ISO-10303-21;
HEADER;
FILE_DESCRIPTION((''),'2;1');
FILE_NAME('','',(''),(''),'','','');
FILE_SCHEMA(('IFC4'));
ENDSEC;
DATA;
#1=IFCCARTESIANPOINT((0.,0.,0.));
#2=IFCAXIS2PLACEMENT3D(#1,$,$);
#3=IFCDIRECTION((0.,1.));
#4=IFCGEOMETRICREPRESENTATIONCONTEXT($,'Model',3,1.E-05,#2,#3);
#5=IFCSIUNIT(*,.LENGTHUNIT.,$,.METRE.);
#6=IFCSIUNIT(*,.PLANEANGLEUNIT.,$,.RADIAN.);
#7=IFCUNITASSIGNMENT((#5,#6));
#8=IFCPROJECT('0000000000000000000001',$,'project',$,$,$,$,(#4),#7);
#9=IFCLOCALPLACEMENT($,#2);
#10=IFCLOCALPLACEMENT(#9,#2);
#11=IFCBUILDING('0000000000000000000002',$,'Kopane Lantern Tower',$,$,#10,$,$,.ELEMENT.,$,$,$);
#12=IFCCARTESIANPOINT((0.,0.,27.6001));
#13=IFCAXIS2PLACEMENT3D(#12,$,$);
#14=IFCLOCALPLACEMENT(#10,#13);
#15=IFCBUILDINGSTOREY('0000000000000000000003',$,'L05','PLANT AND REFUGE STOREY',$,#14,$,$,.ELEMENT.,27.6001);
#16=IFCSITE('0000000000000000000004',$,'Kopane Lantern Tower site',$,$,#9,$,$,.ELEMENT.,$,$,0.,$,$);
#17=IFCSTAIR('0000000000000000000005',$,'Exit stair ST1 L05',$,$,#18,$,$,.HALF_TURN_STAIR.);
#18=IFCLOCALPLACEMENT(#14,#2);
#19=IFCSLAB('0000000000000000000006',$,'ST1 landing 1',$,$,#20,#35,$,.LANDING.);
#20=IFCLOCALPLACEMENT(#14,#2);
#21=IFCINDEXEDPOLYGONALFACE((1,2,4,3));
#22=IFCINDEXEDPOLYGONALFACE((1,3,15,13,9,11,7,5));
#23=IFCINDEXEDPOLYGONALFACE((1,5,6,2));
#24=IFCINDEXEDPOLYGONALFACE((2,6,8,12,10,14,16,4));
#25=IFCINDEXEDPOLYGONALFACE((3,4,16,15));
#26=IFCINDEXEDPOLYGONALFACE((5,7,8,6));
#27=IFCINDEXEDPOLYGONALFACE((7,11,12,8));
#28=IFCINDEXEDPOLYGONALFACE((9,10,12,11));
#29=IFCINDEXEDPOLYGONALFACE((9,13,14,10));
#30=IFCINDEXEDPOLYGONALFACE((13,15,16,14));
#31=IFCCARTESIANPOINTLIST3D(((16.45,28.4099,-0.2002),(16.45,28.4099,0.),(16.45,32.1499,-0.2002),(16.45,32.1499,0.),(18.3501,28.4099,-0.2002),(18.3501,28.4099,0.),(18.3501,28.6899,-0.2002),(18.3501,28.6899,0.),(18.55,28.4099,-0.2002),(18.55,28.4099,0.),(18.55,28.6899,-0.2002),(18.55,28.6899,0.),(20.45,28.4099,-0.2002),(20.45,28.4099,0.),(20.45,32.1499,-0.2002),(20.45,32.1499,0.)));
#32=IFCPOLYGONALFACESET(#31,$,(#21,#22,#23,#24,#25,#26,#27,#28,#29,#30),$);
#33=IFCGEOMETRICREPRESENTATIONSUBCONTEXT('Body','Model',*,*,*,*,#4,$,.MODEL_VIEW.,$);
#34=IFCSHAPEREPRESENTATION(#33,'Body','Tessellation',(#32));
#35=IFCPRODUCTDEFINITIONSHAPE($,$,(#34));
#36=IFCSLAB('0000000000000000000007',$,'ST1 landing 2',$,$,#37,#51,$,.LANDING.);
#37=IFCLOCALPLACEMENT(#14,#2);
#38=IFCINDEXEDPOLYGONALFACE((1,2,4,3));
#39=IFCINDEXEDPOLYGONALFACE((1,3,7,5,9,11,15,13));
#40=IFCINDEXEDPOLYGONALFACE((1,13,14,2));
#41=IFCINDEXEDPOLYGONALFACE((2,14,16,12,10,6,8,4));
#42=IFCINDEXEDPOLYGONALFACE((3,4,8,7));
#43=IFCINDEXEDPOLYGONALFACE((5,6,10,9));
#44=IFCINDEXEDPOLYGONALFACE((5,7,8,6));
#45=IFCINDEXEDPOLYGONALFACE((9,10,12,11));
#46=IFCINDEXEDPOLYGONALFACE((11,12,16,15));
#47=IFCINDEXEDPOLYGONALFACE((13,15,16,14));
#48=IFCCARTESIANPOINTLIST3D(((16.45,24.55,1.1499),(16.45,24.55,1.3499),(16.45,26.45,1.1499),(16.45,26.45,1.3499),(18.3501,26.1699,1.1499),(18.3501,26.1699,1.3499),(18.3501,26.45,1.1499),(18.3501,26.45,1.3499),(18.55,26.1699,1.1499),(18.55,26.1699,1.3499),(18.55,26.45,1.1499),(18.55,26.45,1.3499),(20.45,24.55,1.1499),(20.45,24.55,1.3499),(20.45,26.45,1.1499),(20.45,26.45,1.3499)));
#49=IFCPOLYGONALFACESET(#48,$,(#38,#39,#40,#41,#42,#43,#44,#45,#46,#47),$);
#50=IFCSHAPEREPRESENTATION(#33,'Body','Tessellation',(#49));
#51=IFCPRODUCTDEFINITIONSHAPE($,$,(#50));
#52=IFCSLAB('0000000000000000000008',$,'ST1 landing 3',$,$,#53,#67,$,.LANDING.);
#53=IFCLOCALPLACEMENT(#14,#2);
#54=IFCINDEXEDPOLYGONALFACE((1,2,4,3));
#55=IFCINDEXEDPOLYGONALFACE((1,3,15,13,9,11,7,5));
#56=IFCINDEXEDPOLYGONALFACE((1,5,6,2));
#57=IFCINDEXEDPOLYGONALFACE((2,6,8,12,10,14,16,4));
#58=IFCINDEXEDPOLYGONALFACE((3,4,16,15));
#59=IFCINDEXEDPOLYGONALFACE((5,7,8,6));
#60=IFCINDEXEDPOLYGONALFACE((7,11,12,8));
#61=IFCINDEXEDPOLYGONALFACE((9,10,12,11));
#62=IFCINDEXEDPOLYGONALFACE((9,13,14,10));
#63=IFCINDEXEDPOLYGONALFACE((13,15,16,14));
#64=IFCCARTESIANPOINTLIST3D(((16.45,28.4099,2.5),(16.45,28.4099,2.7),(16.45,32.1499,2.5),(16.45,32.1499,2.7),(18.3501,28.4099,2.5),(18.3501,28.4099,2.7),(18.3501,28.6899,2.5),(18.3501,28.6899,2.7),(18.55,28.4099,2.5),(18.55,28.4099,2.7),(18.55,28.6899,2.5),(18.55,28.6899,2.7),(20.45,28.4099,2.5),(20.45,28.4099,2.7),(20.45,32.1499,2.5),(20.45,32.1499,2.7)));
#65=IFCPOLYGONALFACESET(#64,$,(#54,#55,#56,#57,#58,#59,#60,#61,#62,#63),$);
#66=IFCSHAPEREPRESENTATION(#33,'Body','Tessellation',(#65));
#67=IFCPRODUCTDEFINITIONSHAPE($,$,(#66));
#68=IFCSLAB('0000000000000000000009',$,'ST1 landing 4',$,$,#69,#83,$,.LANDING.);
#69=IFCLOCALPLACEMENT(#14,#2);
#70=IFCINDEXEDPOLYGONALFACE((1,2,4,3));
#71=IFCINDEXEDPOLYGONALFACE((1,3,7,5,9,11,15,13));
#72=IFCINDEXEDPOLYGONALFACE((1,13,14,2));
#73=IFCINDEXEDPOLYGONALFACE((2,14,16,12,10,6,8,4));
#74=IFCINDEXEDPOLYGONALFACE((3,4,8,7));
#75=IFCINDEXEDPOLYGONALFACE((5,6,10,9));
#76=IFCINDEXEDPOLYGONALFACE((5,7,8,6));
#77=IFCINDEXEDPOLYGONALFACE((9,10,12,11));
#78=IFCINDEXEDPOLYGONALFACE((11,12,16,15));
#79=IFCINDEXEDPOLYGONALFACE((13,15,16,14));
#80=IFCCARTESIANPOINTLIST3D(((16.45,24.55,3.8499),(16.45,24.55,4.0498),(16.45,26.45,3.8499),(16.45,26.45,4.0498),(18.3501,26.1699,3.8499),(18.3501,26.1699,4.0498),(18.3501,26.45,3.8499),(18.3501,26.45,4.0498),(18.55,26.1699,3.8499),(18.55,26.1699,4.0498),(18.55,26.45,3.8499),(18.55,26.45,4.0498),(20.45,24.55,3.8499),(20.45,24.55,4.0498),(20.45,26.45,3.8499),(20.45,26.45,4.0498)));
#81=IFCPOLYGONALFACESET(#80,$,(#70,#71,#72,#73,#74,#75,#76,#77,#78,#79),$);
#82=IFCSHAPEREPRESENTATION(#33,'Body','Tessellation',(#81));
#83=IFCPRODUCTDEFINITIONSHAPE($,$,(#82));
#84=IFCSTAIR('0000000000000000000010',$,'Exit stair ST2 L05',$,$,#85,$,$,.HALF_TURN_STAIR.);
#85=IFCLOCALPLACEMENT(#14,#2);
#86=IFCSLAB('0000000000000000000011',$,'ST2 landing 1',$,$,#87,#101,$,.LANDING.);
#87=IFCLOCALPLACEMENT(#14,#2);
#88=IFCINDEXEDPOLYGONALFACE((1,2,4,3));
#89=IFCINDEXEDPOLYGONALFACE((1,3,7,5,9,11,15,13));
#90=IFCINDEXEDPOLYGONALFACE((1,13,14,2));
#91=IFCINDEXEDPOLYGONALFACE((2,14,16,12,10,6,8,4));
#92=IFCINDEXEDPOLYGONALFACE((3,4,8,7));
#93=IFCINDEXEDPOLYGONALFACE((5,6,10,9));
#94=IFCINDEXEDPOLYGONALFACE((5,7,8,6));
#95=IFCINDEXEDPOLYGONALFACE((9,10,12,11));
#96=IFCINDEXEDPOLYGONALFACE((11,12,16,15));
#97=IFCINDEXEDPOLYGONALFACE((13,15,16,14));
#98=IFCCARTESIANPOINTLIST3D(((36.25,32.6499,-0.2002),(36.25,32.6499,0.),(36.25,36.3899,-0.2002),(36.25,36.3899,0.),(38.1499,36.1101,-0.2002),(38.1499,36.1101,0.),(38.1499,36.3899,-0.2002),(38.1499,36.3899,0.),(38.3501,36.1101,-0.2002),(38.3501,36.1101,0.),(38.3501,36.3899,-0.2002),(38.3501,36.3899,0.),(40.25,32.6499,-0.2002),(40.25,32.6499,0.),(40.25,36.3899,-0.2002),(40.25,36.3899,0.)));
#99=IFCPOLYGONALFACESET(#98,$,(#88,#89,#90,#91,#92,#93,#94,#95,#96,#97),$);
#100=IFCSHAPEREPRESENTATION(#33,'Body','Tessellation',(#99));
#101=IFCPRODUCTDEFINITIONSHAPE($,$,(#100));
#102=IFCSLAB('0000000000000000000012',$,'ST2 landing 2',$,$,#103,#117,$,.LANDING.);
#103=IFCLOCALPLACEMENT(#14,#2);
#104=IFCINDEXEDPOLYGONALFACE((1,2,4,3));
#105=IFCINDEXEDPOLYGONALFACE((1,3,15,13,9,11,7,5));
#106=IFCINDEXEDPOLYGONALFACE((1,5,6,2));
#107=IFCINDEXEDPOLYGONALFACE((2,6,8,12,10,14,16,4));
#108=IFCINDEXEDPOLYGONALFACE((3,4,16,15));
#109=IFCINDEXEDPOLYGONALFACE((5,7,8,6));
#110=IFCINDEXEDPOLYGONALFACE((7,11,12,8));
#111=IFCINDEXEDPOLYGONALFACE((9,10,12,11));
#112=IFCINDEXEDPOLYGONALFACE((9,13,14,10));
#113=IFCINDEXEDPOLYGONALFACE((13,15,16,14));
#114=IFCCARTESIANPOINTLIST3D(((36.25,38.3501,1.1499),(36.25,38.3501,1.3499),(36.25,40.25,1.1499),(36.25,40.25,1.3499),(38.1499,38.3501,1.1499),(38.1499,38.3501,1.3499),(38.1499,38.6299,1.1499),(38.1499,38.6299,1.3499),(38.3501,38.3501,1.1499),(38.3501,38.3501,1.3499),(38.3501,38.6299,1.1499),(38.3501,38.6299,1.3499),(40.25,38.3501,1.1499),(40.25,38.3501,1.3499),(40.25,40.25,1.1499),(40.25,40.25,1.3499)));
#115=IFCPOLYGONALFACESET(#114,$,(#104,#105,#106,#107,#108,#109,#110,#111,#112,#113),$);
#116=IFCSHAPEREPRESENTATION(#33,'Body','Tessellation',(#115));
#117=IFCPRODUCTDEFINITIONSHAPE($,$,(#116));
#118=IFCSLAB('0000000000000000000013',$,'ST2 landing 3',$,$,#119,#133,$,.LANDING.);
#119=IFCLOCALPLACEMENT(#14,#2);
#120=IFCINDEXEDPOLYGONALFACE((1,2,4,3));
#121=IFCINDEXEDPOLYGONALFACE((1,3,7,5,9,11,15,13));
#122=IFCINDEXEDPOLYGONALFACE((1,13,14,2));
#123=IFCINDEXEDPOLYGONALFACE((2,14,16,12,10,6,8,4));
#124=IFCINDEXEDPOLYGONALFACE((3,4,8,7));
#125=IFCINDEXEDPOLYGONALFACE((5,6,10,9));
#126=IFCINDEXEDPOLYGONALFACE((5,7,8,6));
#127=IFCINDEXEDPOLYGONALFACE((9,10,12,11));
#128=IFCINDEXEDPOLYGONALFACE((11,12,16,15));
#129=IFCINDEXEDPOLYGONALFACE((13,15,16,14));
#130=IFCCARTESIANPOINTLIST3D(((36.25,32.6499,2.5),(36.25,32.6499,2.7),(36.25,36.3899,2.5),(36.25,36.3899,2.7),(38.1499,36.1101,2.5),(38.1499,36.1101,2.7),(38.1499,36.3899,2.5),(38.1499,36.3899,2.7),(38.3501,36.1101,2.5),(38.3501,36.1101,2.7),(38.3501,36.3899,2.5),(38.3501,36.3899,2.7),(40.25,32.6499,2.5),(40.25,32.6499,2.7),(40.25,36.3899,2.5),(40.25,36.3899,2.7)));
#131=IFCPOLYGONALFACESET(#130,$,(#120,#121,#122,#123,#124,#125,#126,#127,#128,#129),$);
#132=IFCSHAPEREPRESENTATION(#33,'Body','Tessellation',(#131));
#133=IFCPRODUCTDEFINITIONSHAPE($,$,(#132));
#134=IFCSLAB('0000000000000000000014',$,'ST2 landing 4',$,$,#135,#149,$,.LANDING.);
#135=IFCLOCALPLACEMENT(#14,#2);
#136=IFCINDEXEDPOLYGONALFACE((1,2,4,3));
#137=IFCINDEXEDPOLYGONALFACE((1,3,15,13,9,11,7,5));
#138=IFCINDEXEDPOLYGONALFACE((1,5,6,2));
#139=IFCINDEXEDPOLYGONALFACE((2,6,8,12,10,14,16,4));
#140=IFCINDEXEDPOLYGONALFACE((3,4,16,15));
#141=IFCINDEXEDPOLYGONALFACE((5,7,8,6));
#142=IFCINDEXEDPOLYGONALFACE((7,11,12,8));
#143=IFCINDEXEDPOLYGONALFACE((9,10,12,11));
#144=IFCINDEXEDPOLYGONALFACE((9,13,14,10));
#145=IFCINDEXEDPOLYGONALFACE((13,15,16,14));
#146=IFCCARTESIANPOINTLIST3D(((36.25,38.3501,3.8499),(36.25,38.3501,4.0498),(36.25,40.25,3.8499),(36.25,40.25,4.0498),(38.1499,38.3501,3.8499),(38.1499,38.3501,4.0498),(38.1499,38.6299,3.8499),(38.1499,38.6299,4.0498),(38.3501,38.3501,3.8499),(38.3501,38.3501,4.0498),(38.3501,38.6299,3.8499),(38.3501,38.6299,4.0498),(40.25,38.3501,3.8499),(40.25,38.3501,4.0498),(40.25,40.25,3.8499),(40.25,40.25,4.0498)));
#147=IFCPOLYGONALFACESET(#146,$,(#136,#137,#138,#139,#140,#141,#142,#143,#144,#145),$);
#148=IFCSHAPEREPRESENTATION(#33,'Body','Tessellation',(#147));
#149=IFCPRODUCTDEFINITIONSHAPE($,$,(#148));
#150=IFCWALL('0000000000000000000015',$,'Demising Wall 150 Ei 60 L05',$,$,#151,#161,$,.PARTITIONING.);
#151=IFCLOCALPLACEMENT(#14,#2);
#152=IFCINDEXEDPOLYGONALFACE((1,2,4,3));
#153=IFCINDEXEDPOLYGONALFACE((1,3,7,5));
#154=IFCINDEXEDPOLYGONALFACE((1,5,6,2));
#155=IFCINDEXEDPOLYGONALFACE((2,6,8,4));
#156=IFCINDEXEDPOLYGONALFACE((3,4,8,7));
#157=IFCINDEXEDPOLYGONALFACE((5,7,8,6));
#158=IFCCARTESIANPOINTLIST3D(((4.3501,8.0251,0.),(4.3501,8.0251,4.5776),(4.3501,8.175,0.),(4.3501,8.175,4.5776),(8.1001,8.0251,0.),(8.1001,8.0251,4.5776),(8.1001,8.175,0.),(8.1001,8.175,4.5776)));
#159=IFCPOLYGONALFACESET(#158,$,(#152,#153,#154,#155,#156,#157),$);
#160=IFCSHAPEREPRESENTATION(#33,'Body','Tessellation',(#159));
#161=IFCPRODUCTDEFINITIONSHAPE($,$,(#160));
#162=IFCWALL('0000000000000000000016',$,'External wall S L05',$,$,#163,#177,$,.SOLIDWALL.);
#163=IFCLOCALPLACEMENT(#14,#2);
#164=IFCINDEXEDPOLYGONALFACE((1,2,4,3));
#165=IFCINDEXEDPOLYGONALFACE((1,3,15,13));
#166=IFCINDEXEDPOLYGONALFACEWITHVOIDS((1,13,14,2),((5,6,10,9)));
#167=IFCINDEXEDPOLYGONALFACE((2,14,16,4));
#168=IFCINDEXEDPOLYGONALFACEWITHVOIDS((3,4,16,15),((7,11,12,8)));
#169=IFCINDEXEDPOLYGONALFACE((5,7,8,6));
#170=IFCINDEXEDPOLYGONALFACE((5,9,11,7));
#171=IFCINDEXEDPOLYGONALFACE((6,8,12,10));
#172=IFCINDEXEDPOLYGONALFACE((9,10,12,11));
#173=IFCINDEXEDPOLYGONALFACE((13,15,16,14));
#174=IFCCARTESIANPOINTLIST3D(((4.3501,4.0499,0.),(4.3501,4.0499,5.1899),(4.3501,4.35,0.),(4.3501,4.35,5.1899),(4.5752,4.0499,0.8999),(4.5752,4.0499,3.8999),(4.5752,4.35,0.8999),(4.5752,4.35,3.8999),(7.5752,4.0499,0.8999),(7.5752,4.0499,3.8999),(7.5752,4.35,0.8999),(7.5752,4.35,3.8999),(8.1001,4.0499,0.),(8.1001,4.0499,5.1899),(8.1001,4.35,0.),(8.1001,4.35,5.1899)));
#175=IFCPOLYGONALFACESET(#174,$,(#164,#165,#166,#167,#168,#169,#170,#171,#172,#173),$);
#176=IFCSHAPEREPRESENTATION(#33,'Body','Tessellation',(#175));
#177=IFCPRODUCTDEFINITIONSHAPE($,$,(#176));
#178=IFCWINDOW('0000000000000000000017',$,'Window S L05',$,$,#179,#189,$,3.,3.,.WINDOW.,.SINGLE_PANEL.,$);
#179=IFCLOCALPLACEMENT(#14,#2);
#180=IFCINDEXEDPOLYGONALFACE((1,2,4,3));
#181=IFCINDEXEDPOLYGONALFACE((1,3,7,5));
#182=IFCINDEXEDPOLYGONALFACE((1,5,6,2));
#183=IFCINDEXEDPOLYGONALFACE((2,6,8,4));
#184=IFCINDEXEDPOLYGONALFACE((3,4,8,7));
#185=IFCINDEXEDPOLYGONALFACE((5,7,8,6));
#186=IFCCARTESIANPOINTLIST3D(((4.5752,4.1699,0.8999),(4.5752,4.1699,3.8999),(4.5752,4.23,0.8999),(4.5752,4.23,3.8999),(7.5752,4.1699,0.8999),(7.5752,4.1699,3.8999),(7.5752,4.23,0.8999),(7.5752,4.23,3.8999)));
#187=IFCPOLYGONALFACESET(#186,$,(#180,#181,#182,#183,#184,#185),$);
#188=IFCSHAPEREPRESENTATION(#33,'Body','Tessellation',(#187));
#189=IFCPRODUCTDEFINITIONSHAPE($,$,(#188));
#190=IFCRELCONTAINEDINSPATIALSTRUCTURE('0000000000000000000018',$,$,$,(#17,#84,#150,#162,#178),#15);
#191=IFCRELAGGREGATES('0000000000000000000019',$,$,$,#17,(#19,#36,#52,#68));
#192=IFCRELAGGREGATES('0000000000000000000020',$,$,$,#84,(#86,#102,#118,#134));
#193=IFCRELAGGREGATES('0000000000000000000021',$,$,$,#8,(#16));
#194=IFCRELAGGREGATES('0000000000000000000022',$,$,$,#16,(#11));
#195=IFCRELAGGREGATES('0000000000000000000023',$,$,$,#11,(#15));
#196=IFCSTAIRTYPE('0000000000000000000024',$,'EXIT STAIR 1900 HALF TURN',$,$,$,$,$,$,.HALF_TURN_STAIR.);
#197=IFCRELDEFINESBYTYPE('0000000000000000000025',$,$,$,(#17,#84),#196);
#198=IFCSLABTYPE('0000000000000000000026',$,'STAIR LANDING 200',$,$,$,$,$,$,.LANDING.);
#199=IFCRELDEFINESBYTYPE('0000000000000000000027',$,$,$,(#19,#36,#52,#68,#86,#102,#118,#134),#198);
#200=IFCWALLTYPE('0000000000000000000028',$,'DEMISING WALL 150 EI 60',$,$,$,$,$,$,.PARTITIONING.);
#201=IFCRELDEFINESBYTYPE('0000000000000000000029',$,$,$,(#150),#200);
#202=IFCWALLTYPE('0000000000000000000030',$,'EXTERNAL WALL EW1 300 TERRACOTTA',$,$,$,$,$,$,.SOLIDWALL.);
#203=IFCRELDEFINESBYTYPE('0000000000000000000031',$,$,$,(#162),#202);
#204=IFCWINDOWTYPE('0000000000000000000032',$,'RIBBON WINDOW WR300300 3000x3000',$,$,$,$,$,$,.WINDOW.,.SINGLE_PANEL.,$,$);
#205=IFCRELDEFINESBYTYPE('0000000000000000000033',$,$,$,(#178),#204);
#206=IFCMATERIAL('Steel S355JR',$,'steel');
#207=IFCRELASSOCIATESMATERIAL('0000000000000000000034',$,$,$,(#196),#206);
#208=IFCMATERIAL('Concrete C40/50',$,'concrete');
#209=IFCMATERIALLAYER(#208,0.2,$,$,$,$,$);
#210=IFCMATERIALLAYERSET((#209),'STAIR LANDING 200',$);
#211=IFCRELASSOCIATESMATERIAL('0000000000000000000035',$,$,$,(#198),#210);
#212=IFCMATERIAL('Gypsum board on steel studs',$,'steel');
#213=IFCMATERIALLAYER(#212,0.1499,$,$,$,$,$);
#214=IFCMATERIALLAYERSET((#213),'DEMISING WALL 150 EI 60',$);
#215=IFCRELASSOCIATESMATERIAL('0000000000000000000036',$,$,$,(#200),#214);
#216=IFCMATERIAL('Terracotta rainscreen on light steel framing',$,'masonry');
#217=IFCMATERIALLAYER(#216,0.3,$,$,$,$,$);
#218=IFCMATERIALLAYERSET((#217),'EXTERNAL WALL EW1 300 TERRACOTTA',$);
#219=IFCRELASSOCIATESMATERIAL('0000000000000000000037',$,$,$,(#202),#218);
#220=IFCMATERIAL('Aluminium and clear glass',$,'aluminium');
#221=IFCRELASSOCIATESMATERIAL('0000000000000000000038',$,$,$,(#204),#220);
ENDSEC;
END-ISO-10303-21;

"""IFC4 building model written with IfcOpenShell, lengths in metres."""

from ifc_helpers import new_model, si_unit, direction, frame, frame_2d, origin, place, context, subcontext, project, spatial, polyline, rectangle, outline, extrude, material, layer, layer_set, type_object, element, fill, aggregate, save


model = new_model("IFC4")

# Units and contexts
model_context = context("Model", 3, precision=1e-05, world=origin(), true_north=direction((0.0, 1.0)))
body_context = subcontext(model_context, "Body", "Model", "MODEL_VIEW")
ifc_project = project(units=[si_unit("LENGTHUNIT", "METRE"), si_unit("PLANEANGLEUNIT", "RADIAN")], contexts=[model_context])

# Site, building, storey
site_placement = place(None, origin())
site = spatial("IfcSite", under=ifc_project, at=site_placement, Name="Kopane Lantern Tower site", CompositionType="ELEMENT", RefElevation=0.0)
building_placement = place(site_placement, origin())
building = spatial("IfcBuilding", under=site, at=building_placement, Name="Kopane Lantern Tower", CompositionType="ELEMENT")
storey_placement = place(building_placement, frame((0.0, 0.0, 27.6001)))
storey = spatial("IfcBuildingStorey", under=building, at=storey_placement, Name="L05", Description="PLANT AND REFUGE STOREY", CompositionType="ELEMENT", Elevation=27.6001)

# Stairs, slabs
ifc_material_1 = material(Name="Steel S355JR", Category="steel")
stair_type = type_object("IfcStairType", Name="EXIT STAIR 1900 HALF TURN", PredefinedType="HALF_TURN_STAIR", material=ifc_material_1)
stair_1_placement = place(storey_placement, origin())
stair_1 = element("IfcStair", 1, at=stair_1_placement, inside=storey, type_object=stair_type, Name="Exit stair ST1 L05", PredefinedType="HALF_TURN_STAIR")
ifc_material_2 = material(Name="Concrete C40/50", Category="concrete")
ifc_layer_1 = layer(ifc_material_2, 0.2)
ifc_layer_set_1 = layer_set([ifc_layer_1], Name="STAIR LANDING 200")
slab_type_1 = type_object("IfcSlabType", Name="STAIR LANDING 200", PredefinedType="LANDING", material=ifc_layer_set_1)
slab_1_placement = place(storey_placement, frame((0.0, 0.0, -0.2002)))
slab_1 = element("IfcSlab", 2, at=slab_1_placement, type_object=slab_type_1, Name="ST1 landing 1", PredefinedType="LANDING", context=body_context, shape_type="SweptSolid", body=[
    extrude(outline(polyline([(18.3501, 28.6899), (18.55, 28.6899), (18.55, 28.4099), (20.45, 28.4099), (20.45, 32.1499), (16.45, 32.1499), (16.45, 28.4099), (18.3501, 28.4099), (18.3501, 28.6899)])), origin(), (0.0, 0.0, 1.0), 0.2002),
])
slab_2_placement = place(storey_placement, frame((0.0, 0.0, 1.1499)))
slab_2 = element("IfcSlab", 3, at=slab_2_placement, type_object=slab_type_1, Name="ST1 landing 2", PredefinedType="LANDING", context=body_context, shape_type="SweptSolid", body=[
    extrude(outline(polyline([(20.45, 26.45), (18.55, 26.45), (18.55, 26.1699), (18.3501, 26.1699), (18.3501, 26.45), (16.45, 26.45), (16.45, 24.55), (20.45, 24.55), (20.45, 26.45)])), origin(), (0.0, 0.0, 1.0), 0.2),
])
slab_3_placement = place(storey_placement, frame((0.0, 0.0, 2.5)))
slab_3 = element("IfcSlab", 4, at=slab_3_placement, type_object=slab_type_1, Name="ST1 landing 3", PredefinedType="LANDING", context=body_context, shape_type="SweptSolid", body=[
    extrude(outline(polyline([(18.3501, 28.6899), (18.55, 28.6899), (18.55, 28.4099), (20.45, 28.4099), (20.45, 32.1499), (16.45, 32.1499), (16.45, 28.4099), (18.3501, 28.4099), (18.3501, 28.6899)])), origin(), (0.0, 0.0, 1.0), 0.2),
])
slab_4_placement = place(storey_placement, frame((0.0, 0.0, 3.8499)))
slab_4 = element("IfcSlab", 5, at=slab_4_placement, type_object=slab_type_1, Name="ST1 landing 4", PredefinedType="LANDING", context=body_context, shape_type="SweptSolid", body=[
    extrude(outline(polyline([(20.45, 26.45), (18.55, 26.45), (18.55, 26.1699), (18.3501, 26.1699), (18.3501, 26.45), (16.45, 26.45), (16.45, 24.55), (20.45, 24.55), (20.45, 26.45)])), origin(), (0.0, 0.0, 1.0), 0.2),
])
aggregate(stair_1, [slab_1, slab_2, slab_3, slab_4])
stair_2_placement = place(storey_placement, origin())
stair_2 = element("IfcStair", 6, at=stair_2_placement, inside=storey, type_object=stair_type, Name="Exit stair ST2 L05", PredefinedType="HALF_TURN_STAIR")
slab_5_placement = place(storey_placement, frame((0.0, 0.0, -0.2002)))
slab_5 = element("IfcSlab", 7, at=slab_5_placement, type_object=slab_type_1, Name="ST2 landing 1", PredefinedType="LANDING", context=body_context, shape_type="SweptSolid", body=[
    extrude(outline(polyline([(40.25, 36.3899), (38.3501, 36.3899), (38.3501, 36.1101), (38.1499, 36.1101), (38.1499, 36.3899), (36.25, 36.3899), (36.25, 32.6499), (40.25, 32.6499), (40.25, 36.3899)])), origin(), (0.0, 0.0, 1.0), 0.2002),
])
slab_6_placement = place(storey_placement, frame((0.0, 0.0, 1.1499)))
slab_6 = element("IfcSlab", 8, at=slab_6_placement, type_object=slab_type_1, Name="ST2 landing 2", PredefinedType="LANDING", context=body_context, shape_type="SweptSolid", body=[
    extrude(outline(polyline([(38.1499, 38.6299), (38.3501, 38.6299), (38.3501, 38.3501), (40.25, 38.3501), (40.25, 40.25), (36.25, 40.25), (36.25, 38.3501), (38.1499, 38.3501), (38.1499, 38.6299)])), origin(), (0.0, 0.0, 1.0), 0.2),
])
slab_7_placement = place(storey_placement, frame((0.0, 0.0, 2.5)))
slab_7 = element("IfcSlab", 9, at=slab_7_placement, type_object=slab_type_1, Name="ST2 landing 3", PredefinedType="LANDING", context=body_context, shape_type="SweptSolid", body=[
    extrude(outline(polyline([(40.25, 36.3899), (38.3501, 36.3899), (38.3501, 36.1101), (38.1499, 36.1101), (38.1499, 36.3899), (36.25, 36.3899), (36.25, 32.6499), (40.25, 32.6499), (40.25, 36.3899)])), origin(), (0.0, 0.0, 1.0), 0.2),
])
slab_8_placement = place(storey_placement, frame((0.0, 0.0, 3.8499)))
slab_8 = element("IfcSlab", 10, at=slab_8_placement, type_object=slab_type_1, Name="ST2 landing 4", PredefinedType="LANDING", context=body_context, shape_type="SweptSolid", body=[
    extrude(outline(polyline([(38.1499, 38.6299), (38.3501, 38.6299), (38.3501, 38.3501), (40.25, 38.3501), (40.25, 40.25), (36.25, 40.25), (36.25, 38.3501), (38.1499, 38.3501), (38.1499, 38.6299)])), origin(), (0.0, 0.0, 1.0), 0.2),
])
aggregate(stair_2, [slab_5, slab_6, slab_7, slab_8])

# Wall
ifc_material_3 = material(Name="Gypsum board on steel studs", Category="steel")
ifc_layer_2 = layer(ifc_material_3, 0.1499)
ifc_layer_set_2 = layer_set([ifc_layer_2], Name="DEMISING WALL 150 EI 60")
wall_type_1 = type_object("IfcWallType", Name="DEMISING WALL 150 EI 60", PredefinedType="PARTITIONING", material=ifc_layer_set_2)
wall_1_placement = place(storey_placement, frame((4.3501, 8.1001, 0.0), z_axis=(0.0, 0.0, 1.0), x_axis=(1.0, 0.0, 0.0)))
element("IfcWall", 11, at=wall_1_placement, inside=storey, type_object=wall_type_1, Name="Demising Wall 150 Ei 60 L05", PredefinedType="PARTITIONING", context=body_context, shape_type="SweptSolid", body=[
    extrude(rectangle(XDim=3.75, YDim=0.1499, at=frame_2d((1.875, 0.0))), origin(), (0.0, 0.0, 1.0), 4.5776),
])

# Wall, opening, window
ifc_material_4 = material(Name="Terracotta rainscreen on light steel framing", Category="masonry")
ifc_layer_3 = layer(ifc_material_4, 0.3)
ifc_layer_set_3 = layer_set([ifc_layer_3], Name="EXTERNAL WALL EW1 300 TERRACOTTA")
wall_type_2 = type_object("IfcWallType", Name="EXTERNAL WALL EW1 300 TERRACOTTA", PredefinedType="SOLIDWALL", material=ifc_layer_set_3)
wall_2_placement = place(storey_placement, frame((4.3501, 4.2, 0.0), z_axis=(0.0, 0.0, 1.0), x_axis=(1.0, 0.0, 0.0)))
wall_2 = element("IfcWall", 12, at=wall_2_placement, inside=storey, type_object=wall_type_2, Name="External wall S L05", PredefinedType="SOLIDWALL", context=body_context, shape_type="SweptSolid", body=[
    extrude(rectangle(XDim=3.75, YDim=0.3, at=frame_2d((1.875, 0.0))), origin(), (0.0, 0.0, 1.0), 5.1899),
])
opening_placement = place(wall_2_placement, frame((0.2251, 0.0, 0.8999)))
opening = element("IfcOpeningElement", 13, at=opening_placement, cuts=wall_2, PredefinedType="OPENING", context=body_context, shape_type="SweptSolid", body=[
    extrude(rectangle(XDim=3.0, YDim=3.0, at=frame_2d((1.5, 1.5))), frame((0.0, 0.1599, 0.0), z_axis=(0.0, -1.0, 0.0), x_axis=(1.0, 0.0, 0.0)), (0.0, 0.0, 1.0), 0.3201),
])
ifc_material_5 = material(Name="Aluminium and clear glass", Category="aluminium")
window_type = type_object("IfcWindowType", Name="RIBBON WINDOW WR300300 3000x3000", PartitioningType="SINGLE_PANEL", PredefinedType="WINDOW", material=ifc_material_5)
window_placement = place(opening_placement, origin())
window = element("IfcWindow", 14, at=window_placement, inside=storey, type_object=window_type, Name="Window S L05", OverallHeight=3.0, OverallWidth=3.0, PartitioningType="SINGLE_PANEL", PredefinedType="WINDOW", context=body_context, shape_type="SweptSolid", body=[
    extrude(rectangle(XDim=3.0, YDim=3.0, at=frame_2d((1.5, 1.5))), frame((0.0, 0.03, 0.0), z_axis=(0.0, -1.0, 0.0), x_axis=(1.0, 0.0, 0.0)), (0.0, 0.0, 1.0), 0.0601),
])
fill(opening, window)

save(model, "model.ifc")
